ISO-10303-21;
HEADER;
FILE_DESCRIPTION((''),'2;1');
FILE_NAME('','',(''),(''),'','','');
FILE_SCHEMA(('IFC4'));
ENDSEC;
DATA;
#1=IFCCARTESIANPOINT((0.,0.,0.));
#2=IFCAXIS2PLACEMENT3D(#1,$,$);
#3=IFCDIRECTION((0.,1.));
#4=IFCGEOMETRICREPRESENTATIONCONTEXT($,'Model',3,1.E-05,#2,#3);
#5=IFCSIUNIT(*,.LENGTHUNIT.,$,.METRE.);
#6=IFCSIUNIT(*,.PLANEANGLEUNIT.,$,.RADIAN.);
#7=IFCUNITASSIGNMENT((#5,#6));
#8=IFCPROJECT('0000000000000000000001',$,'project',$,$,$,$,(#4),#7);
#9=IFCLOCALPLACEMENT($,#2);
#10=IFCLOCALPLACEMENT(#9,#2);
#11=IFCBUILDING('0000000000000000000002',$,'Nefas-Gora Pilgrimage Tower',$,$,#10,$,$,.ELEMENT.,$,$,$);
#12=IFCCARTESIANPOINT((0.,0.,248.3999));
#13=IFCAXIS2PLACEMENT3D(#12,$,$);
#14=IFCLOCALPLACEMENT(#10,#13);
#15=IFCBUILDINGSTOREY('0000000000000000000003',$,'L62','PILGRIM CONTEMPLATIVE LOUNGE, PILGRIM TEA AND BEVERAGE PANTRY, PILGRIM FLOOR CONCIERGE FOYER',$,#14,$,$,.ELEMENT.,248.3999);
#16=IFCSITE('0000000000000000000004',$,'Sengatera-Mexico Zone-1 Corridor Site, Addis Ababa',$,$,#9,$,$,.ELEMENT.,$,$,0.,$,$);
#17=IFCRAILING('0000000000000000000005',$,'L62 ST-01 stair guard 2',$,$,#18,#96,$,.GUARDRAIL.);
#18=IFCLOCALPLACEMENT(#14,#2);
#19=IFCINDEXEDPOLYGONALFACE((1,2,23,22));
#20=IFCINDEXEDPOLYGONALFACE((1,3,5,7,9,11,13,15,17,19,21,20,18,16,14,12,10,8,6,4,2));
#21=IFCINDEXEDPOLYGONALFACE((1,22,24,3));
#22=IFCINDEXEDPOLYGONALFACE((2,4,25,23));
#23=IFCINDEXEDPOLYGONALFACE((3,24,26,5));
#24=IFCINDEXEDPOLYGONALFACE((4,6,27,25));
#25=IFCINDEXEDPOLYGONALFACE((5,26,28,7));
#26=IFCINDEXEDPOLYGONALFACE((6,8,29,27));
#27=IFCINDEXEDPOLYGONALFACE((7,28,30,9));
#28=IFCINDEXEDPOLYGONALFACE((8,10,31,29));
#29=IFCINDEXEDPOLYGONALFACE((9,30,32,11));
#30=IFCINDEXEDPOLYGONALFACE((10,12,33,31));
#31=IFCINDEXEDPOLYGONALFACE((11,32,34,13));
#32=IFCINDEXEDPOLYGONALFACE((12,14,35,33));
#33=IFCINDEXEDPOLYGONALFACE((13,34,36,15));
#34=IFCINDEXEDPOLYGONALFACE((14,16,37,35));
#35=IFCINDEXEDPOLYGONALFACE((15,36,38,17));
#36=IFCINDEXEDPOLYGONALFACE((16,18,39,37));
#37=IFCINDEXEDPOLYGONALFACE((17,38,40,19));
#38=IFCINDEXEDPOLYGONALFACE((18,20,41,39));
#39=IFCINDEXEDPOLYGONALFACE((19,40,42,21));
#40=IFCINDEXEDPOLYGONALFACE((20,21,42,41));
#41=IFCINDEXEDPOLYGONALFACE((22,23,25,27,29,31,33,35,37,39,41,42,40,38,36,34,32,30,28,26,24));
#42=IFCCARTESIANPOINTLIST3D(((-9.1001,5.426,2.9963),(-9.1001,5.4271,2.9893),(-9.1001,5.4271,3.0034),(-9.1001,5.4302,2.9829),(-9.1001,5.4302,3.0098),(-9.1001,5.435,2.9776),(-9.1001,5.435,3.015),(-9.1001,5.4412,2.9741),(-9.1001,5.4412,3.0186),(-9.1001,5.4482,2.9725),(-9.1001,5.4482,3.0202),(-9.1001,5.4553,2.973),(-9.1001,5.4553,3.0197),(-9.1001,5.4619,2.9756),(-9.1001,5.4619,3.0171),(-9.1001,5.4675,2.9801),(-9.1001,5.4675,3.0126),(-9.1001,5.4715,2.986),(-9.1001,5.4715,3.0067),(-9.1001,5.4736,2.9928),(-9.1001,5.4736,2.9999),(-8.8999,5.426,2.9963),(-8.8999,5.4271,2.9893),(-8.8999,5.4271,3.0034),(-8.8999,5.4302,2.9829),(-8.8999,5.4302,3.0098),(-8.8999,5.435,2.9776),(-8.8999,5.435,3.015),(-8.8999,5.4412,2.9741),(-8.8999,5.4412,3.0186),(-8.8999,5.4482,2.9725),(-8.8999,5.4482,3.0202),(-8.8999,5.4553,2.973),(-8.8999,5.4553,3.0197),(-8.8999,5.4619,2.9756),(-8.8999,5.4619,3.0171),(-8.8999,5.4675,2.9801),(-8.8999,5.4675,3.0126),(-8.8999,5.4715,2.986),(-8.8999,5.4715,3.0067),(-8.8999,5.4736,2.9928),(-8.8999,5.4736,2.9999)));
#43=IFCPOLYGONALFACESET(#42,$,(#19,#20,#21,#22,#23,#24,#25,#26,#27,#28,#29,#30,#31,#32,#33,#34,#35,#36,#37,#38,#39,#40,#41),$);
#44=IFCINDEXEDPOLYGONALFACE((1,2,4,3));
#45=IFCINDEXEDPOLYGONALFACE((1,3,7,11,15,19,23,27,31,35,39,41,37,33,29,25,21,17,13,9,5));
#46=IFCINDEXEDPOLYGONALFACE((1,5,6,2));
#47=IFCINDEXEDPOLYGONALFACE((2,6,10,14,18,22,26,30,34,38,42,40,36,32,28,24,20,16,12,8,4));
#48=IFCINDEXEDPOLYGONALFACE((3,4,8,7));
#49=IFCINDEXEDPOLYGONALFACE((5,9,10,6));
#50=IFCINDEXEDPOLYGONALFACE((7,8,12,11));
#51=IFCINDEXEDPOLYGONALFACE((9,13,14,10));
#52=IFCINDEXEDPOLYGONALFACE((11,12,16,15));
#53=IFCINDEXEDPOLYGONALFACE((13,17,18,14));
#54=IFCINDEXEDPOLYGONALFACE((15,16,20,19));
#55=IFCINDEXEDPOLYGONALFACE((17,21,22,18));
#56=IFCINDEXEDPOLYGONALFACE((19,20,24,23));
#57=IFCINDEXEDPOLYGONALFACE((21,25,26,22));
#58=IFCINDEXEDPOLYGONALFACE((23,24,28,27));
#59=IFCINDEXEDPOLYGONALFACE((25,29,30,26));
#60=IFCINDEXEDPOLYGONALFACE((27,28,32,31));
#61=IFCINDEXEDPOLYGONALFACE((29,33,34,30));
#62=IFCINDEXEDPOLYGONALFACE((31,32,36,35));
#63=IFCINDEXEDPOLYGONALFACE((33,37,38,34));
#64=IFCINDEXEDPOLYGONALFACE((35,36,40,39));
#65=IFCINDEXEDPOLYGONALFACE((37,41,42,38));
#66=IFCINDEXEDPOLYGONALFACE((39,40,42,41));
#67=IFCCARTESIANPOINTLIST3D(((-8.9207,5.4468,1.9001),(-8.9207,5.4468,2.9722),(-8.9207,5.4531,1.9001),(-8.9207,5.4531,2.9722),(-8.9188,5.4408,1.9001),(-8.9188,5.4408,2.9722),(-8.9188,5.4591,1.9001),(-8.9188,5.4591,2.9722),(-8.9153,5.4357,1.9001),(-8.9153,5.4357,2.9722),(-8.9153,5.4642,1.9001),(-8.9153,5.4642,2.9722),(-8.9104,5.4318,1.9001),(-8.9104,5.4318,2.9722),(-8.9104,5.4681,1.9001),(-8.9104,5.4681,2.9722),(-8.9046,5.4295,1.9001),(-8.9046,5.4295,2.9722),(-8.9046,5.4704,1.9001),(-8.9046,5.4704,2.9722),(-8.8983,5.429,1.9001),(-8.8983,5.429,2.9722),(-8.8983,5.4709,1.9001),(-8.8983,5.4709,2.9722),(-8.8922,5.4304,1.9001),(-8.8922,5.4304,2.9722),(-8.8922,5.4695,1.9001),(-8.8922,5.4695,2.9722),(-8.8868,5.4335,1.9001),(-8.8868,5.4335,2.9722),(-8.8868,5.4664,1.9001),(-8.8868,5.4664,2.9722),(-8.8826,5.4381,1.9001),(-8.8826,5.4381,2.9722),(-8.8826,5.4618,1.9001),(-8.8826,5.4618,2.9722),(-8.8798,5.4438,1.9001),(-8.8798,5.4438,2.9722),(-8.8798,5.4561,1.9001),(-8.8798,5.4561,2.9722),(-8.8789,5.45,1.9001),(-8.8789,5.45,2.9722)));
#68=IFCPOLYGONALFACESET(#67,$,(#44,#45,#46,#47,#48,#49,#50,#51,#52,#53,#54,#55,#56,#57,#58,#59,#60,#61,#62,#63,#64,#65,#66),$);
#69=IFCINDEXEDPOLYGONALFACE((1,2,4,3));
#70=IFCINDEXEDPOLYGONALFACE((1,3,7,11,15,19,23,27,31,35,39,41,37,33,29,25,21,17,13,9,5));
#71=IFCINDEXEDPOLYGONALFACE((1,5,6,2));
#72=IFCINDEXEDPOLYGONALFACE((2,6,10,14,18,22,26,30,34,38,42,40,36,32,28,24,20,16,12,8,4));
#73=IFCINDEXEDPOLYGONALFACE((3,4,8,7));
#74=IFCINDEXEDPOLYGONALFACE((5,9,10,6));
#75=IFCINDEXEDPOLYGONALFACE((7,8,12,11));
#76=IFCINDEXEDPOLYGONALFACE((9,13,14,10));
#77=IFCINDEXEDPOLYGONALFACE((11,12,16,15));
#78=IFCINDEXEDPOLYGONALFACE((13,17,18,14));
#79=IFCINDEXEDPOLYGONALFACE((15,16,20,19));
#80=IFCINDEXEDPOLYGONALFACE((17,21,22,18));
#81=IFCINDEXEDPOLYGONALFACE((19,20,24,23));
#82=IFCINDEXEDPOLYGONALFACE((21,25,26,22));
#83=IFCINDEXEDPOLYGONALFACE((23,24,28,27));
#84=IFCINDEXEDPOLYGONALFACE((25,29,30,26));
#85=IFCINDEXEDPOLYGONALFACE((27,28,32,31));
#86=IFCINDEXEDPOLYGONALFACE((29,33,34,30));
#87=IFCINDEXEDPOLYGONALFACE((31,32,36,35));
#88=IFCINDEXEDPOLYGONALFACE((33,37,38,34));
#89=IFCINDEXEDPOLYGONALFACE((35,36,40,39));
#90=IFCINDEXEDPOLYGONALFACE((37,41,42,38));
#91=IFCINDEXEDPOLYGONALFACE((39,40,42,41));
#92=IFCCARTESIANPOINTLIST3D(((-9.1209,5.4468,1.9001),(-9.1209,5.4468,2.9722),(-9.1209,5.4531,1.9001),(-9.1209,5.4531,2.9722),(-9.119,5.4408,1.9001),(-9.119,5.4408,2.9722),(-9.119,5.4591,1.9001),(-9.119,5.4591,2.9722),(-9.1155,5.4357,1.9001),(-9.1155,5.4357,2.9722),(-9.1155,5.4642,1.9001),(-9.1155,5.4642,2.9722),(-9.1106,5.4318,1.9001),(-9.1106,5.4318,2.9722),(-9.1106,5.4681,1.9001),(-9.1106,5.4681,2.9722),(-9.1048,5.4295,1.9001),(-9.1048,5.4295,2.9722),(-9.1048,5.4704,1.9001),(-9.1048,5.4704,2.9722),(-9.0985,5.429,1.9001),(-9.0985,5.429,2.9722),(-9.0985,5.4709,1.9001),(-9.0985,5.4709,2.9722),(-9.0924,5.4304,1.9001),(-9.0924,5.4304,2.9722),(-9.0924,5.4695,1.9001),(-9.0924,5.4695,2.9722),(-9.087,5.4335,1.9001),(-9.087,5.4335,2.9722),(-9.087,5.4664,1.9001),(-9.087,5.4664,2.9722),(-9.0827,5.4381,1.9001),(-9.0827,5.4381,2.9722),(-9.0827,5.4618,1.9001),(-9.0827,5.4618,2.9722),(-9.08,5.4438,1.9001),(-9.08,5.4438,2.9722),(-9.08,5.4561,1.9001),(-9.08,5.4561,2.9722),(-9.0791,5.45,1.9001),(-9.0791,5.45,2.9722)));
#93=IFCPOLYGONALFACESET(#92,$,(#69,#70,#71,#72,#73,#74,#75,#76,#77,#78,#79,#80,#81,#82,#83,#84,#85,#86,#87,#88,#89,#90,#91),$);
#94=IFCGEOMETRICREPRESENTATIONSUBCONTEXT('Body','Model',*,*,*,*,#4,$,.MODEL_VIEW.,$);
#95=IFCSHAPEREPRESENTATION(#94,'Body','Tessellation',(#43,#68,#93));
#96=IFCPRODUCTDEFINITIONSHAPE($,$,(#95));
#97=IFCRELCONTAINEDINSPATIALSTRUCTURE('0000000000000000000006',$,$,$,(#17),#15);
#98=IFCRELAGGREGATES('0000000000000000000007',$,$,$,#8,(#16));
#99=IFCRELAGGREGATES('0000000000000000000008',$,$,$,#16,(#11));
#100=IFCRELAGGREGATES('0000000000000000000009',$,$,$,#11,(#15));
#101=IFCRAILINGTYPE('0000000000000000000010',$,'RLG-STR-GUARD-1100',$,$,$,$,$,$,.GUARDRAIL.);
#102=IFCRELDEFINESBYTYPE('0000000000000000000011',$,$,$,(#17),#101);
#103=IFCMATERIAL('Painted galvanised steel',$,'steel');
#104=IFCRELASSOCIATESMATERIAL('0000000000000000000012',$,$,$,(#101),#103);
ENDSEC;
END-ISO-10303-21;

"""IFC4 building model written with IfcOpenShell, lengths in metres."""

from ifc_helpers import new_model, si_unit, direction, frame, origin, origin_2d, place, context, subcontext, project, spatial, circle, extrude, material, type_object, element, save


model = new_model("IFC4")

# Units and contexts
model_context = context("Model", 3, precision=1e-05, world=origin(), true_north=direction((0.0, 1.0)))
body_context = subcontext(model_context, "Body", "Model", "MODEL_VIEW")
ifc_project = project(units=[si_unit("LENGTHUNIT", "METRE"), si_unit("PLANEANGLEUNIT", "RADIAN")], contexts=[model_context])

# Site, building, storey
site_placement = place(None, origin())
site = spatial("IfcSite", under=ifc_project, at=site_placement, Name="Sengatera-Mexico Zone-1 Corridor Site, Addis Ababa", CompositionType="ELEMENT", RefElevation=0.0)
building_placement = place(site_placement, origin())
building = spatial("IfcBuilding", under=site, at=building_placement, Name="Nefas-Gora Pilgrimage Tower", CompositionType="ELEMENT")
storey_placement = place(building_placement, frame((0.0, 0.0, 248.3999)))
storey = spatial("IfcBuildingStorey", under=building, at=storey_placement, Name="L62", Description="PILGRIM CONTEMPLATIVE LOUNGE, PILGRIM TEA AND BEVERAGE PANTRY, PILGRIM FLOOR CONCIERGE FOYER", CompositionType="ELEMENT", Elevation=248.3999)

# Railing
ifc_material_1 = material(Name="Painted galvanised steel", Category="steel")
railing_type_1 = type_object("IfcRailingType", Name="RLG-STR-GUARD-1100", PredefinedType="GUARDRAIL", material=ifc_material_1)
railing_1_placement = place(storey_placement, frame((-8.8999, 5.45, 1.9001)))
element("IfcRailing", 1, at=railing_1_placement, inside=storey, type_object=railing_type_1, Name="L62 ST-01 stair guard 2", PredefinedType="GUARDRAIL", context=body_context, shape_type="SweptSolid", body=[
    extrude(circle(Radius=0.0239, at=origin_2d()), frame((0.0, 0.0, 1.0962), z_axis=(-1.0, 0.0, 0.0), x_axis=(0.0, -1.0, 0.0)), (0.0, 0.0, 1.0), 0.2002),
    extrude(circle(Radius=0.021, at=origin_2d()), origin(), (0.0, 0.0, 1.0), 1.072),
    extrude(circle(Radius=0.021, at=origin_2d()), frame((-0.2002, 0.0, 0.0)), (0.0, 0.0, 1.0), 1.072),
])

save(model, "model.ifc")
